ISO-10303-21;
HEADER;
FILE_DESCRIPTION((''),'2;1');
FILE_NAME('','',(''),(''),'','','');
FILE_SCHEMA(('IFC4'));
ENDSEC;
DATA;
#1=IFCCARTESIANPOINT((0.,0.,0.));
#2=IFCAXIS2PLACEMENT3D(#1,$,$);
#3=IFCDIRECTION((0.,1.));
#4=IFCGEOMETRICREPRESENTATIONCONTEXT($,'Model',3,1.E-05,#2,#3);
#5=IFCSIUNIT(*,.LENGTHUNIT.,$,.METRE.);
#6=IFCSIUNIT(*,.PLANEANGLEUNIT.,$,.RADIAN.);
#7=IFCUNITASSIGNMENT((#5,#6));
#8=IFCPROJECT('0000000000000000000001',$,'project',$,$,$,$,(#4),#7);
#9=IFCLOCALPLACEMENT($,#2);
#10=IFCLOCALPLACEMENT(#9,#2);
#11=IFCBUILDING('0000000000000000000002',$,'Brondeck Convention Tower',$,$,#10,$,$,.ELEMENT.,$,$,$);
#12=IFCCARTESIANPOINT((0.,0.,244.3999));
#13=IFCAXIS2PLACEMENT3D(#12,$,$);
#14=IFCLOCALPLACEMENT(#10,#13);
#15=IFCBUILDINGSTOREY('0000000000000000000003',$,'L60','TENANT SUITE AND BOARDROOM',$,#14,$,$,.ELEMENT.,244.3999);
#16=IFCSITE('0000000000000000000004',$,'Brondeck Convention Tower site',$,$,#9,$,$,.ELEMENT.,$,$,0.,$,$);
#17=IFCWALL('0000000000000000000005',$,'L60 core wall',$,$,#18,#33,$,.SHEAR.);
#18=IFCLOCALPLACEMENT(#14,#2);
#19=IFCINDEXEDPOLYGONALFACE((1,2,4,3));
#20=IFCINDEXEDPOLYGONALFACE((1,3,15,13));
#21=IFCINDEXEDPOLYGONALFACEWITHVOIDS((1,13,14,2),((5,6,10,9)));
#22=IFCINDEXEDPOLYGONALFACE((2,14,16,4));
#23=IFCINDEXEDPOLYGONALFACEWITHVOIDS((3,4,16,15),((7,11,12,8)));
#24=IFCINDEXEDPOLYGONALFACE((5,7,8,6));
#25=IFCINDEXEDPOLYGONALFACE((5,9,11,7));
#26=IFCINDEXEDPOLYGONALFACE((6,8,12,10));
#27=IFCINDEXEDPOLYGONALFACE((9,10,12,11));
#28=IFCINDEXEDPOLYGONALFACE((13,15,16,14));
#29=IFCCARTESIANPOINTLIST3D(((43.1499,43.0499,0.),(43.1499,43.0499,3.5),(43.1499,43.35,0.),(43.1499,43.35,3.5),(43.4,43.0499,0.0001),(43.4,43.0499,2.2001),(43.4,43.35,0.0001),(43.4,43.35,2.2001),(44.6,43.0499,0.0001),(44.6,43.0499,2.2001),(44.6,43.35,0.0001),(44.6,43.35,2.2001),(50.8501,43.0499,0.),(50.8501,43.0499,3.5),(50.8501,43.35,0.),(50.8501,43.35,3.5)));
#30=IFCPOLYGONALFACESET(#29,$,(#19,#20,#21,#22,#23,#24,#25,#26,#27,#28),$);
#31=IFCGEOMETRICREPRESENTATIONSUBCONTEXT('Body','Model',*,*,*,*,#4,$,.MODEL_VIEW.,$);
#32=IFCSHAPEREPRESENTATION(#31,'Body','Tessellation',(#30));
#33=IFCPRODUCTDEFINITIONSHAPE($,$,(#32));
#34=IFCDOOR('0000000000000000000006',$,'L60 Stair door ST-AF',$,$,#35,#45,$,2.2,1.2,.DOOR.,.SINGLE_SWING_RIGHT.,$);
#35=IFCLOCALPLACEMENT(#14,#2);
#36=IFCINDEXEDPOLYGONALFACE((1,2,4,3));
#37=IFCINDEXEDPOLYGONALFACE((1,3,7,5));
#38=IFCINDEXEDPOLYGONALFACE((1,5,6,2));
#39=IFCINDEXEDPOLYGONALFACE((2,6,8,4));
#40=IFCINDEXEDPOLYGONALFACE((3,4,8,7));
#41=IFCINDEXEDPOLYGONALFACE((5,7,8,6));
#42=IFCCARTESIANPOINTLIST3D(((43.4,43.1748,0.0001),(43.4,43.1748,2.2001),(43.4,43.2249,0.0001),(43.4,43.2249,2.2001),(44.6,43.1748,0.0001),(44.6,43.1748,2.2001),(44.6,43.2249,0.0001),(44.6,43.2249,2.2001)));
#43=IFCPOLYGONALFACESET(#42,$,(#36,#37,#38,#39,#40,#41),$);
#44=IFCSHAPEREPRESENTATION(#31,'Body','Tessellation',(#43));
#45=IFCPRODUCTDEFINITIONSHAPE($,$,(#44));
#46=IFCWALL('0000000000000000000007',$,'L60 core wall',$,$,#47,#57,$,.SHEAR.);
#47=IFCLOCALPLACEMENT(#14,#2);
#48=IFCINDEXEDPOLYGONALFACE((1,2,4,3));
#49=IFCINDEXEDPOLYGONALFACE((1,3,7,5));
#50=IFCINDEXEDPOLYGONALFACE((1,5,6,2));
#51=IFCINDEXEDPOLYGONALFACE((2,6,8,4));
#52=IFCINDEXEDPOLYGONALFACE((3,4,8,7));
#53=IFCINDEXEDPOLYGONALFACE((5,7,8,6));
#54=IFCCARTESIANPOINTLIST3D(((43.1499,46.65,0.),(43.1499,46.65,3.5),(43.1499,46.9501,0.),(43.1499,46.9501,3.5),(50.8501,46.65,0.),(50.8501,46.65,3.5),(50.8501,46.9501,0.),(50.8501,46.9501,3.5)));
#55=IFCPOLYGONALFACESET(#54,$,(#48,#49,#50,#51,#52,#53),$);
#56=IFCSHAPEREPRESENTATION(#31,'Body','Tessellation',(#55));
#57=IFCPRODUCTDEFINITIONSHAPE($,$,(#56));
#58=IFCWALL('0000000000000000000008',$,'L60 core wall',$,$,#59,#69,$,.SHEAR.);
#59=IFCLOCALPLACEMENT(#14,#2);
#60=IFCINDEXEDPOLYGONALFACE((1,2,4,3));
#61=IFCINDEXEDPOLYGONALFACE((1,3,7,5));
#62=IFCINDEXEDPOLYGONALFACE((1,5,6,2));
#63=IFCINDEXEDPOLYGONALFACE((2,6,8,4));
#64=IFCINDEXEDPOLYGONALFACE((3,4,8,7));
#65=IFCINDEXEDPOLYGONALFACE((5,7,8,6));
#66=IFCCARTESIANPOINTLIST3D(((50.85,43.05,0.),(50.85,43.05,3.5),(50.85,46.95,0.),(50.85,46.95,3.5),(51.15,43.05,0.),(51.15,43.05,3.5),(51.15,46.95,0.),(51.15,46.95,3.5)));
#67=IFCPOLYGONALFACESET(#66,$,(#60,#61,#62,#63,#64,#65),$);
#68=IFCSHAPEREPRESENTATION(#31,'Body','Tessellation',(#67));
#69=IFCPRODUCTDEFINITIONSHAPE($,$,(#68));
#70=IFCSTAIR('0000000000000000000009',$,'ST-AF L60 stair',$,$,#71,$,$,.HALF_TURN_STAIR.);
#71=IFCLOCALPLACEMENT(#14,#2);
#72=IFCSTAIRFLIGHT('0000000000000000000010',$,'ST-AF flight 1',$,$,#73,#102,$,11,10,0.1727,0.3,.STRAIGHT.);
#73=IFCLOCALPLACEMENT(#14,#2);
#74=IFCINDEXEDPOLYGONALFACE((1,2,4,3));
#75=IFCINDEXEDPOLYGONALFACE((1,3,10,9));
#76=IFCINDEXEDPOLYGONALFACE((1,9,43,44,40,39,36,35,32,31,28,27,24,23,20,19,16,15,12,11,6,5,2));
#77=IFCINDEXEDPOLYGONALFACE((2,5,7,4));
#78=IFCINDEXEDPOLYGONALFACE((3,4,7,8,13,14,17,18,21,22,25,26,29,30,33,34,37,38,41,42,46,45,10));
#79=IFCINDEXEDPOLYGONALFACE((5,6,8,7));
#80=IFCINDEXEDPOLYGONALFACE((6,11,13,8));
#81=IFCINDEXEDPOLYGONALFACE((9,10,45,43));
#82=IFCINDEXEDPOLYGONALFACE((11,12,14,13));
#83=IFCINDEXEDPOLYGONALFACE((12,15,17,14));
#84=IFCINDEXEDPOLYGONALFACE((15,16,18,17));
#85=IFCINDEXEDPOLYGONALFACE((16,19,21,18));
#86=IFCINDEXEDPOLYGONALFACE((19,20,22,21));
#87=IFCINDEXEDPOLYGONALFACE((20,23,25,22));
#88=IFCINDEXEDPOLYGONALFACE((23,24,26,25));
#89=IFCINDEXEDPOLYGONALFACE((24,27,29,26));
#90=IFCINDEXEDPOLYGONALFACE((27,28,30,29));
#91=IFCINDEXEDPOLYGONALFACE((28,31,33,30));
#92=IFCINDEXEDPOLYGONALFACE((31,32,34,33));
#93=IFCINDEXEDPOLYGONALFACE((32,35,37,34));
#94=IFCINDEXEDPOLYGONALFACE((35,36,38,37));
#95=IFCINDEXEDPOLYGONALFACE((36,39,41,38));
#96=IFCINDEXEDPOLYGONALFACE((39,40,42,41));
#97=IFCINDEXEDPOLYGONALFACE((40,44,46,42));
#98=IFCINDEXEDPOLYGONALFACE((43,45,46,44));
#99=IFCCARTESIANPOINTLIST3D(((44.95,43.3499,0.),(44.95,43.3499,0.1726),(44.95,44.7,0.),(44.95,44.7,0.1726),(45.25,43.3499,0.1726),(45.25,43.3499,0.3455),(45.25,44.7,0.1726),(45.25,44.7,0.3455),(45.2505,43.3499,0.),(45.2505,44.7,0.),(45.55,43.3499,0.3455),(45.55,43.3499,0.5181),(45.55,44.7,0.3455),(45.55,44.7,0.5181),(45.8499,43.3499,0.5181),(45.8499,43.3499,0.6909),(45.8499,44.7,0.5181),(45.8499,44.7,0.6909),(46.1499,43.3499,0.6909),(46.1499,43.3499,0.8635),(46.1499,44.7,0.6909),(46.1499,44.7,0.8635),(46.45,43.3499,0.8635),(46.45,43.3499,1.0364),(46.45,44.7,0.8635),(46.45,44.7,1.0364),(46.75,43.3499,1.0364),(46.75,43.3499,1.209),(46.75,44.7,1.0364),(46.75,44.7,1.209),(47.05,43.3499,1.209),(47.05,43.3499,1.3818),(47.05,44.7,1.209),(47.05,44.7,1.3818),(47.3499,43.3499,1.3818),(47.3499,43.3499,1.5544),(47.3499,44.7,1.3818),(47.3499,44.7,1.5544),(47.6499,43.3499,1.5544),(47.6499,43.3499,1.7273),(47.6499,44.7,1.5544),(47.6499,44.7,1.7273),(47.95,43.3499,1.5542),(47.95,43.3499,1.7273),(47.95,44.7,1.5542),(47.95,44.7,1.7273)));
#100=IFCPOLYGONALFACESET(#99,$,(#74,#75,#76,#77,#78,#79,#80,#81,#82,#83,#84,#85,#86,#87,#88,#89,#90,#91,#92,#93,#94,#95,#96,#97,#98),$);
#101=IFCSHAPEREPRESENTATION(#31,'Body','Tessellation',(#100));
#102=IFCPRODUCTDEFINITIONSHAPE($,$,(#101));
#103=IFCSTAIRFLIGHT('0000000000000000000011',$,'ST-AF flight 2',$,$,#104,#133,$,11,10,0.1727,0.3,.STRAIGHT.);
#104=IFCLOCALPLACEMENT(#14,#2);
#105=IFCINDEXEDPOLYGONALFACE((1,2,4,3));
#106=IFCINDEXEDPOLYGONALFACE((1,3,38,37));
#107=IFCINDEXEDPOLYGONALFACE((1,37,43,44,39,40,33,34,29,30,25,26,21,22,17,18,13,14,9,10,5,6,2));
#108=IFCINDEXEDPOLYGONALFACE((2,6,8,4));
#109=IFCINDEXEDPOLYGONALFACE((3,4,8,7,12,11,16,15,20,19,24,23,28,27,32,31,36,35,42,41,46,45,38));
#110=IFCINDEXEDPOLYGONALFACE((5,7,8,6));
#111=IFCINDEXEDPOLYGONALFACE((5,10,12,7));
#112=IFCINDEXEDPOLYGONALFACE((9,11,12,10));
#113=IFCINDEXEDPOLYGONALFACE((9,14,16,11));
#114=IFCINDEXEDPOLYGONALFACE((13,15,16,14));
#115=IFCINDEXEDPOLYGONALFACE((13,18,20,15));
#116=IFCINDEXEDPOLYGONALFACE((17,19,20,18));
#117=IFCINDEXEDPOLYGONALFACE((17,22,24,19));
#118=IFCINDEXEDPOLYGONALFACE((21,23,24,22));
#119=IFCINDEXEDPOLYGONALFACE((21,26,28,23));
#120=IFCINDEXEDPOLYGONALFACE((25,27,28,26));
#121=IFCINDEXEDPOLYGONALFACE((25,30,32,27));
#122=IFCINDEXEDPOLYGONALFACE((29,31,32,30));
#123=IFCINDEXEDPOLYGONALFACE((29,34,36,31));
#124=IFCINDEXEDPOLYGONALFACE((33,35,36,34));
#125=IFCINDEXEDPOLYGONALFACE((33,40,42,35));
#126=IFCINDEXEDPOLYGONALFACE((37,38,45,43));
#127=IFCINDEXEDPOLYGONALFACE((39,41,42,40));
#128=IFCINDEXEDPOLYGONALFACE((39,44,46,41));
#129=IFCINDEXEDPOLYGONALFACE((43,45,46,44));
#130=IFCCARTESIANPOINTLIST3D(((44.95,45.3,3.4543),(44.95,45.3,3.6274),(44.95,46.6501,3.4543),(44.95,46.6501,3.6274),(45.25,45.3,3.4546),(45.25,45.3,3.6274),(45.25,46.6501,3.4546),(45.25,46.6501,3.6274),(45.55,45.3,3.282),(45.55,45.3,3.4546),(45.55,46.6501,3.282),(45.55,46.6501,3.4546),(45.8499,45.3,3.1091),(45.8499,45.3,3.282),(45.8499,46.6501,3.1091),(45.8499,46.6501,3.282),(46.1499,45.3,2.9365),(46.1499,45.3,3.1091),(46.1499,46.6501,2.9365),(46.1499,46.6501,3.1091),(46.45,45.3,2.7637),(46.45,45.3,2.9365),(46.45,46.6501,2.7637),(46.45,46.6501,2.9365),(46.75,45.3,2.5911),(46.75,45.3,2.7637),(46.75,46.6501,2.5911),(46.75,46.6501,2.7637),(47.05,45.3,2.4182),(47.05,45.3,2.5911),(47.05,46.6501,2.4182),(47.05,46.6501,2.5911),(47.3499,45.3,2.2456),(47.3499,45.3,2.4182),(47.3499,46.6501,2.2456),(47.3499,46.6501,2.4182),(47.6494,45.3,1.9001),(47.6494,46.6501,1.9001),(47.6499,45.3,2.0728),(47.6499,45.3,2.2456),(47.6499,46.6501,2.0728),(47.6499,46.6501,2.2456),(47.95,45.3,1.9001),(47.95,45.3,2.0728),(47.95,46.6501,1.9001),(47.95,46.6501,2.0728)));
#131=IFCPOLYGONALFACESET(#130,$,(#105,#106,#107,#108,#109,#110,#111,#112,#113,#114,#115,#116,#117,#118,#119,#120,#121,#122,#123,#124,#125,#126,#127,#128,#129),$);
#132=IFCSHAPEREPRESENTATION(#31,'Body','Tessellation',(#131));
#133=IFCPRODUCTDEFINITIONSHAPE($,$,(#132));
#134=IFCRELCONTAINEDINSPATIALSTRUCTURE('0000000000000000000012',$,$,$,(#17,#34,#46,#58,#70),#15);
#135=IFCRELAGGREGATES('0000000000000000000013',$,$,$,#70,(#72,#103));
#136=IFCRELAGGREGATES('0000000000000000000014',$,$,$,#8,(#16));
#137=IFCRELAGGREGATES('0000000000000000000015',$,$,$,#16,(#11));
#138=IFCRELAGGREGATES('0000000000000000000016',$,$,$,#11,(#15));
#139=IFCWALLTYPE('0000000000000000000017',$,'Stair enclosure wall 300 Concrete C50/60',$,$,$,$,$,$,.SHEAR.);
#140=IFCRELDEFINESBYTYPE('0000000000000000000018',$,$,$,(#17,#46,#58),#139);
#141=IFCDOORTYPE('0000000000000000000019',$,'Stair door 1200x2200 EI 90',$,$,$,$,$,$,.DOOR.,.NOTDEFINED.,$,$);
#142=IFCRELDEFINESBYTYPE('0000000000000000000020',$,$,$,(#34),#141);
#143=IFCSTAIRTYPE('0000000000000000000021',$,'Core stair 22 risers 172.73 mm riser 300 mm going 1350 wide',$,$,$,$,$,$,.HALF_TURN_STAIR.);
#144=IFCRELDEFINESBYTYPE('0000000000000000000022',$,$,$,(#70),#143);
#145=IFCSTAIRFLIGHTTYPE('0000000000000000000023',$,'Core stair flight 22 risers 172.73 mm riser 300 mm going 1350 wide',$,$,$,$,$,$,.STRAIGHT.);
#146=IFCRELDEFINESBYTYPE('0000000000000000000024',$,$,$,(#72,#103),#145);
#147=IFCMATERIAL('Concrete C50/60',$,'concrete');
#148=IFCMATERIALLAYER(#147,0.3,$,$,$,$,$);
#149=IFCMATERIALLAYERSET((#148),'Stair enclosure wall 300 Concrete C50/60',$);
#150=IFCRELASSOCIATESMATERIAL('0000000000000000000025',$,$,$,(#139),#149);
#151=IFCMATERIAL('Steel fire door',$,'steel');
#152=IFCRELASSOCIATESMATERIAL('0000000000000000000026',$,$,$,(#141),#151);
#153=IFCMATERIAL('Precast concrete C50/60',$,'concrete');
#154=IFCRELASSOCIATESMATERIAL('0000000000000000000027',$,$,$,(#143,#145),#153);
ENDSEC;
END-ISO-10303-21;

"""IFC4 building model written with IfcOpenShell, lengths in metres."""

from ifc_helpers import new_model, si_unit, direction, frame, frame_2d, origin, place, context, subcontext, project, spatial, polyline, rectangle, outline, extrude, material, layer, layer_set, type_object, element, fill, aggregate, save


model = new_model("IFC4")

# Units and contexts
model_context = context("Model", 3, precision=1e-05, world=origin(), true_north=direction((0.0, 1.0)))
body_context = subcontext(model_context, "Body", "Model", "MODEL_VIEW")
ifc_project = project(units=[si_unit("LENGTHUNIT", "METRE"), si_unit("PLANEANGLEUNIT", "RADIAN")], contexts=[model_context])

# Site, building, storey
site_placement = place(None, origin())
site = spatial("IfcSite", under=ifc_project, at=site_placement, Name="Brondeck Convention Tower site", CompositionType="ELEMENT", RefElevation=0.0)
building_placement = place(site_placement, origin())
building = spatial("IfcBuilding", under=site, at=building_placement, Name="Brondeck Convention Tower", CompositionType="ELEMENT")
storey_placement = place(building_placement, frame((0.0, 0.0, 244.3999)))
storey = spatial("IfcBuildingStorey", under=building, at=storey_placement, Name="L60", Description="TENANT SUITE AND BOARDROOM", CompositionType="ELEMENT", Elevation=244.3999)

# Shared definitions
ifc_material_1 = material(Name="Concrete C50/60", Category="concrete")

# Wall, opening, door
ifc_layer_1 = layer(ifc_material_1, 0.3)
ifc_layer_set_1 = layer_set([ifc_layer_1], Name="Stair enclosure wall 300 Concrete C50/60")
wall_type_1 = type_object("IfcWallType", Name="Stair enclosure wall 300 Concrete C50/60", PredefinedType="SHEAR", material=ifc_layer_set_1)
wall_1_placement = place(storey_placement, frame((43.1499, 43.2, 0.0), z_axis=(0.0, 0.0, 1.0), x_axis=(1.0, 0.0, 0.0)))
wall_1 = element("IfcWall", 1, at=wall_1_placement, inside=storey, type_object=wall_type_1, Name="L60 core wall", PredefinedType="SHEAR", context=body_context, shape_type="SweptSolid", body=[
    extrude(rectangle(XDim=7.7002, YDim=0.3, at=frame_2d((3.8501, 0.0))), origin(), (0.0, 0.0, 1.0), 3.5),
])
opening_placement = place(wall_1_placement, frame((0.25, 0.0, 0.0)))
opening = element("IfcOpeningElement", 2, at=opening_placement, cuts=wall_1, PredefinedType="OPENING", context=body_context, shape_type="SweptSolid", body=[
    extrude(rectangle(XDim=1.2, YDim=2.2, at=frame_2d((0.6001, 1.1001))), frame((0.0, 0.1599, 0.0), z_axis=(0.0, -1.0, 0.0), x_axis=(1.0, 0.0, 0.0)), (0.0, 0.0, 1.0), 0.3201),
])
ifc_material_2 = material(Name="Steel fire door", Category="steel")
door_type = type_object("IfcDoorType", Name="Stair door 1200x2200 EI 90", OperationType="NOTDEFINED", PredefinedType="DOOR", material=ifc_material_2)
door_placement = place(opening_placement, origin())
door = element("IfcDoor", 3, at=door_placement, inside=storey, type_object=door_type, Name="L60 Stair door ST-AF", OperationType="SINGLE_SWING_RIGHT", OverallHeight=2.2, OverallWidth=1.2, PredefinedType="DOOR", context=body_context, shape_type="SweptSolid", body=[
    extrude(rectangle(XDim=1.2, YDim=2.2, at=frame_2d((0.6001, 1.1001))), frame((0.0, 0.0249, 0.0), z_axis=(0.0, -1.0, 0.0), x_axis=(1.0, 0.0, 0.0)), (0.0, 0.0, 1.0), 0.05),
])
fill(opening, door)

# Walls
wall_2_placement = place(storey_placement, frame((43.1499, 46.8, 0.0), z_axis=(0.0, 0.0, 1.0), x_axis=(1.0, 0.0, 0.0)))
element("IfcWall", 4, at=wall_2_placement, inside=storey, type_object=wall_type_1, Name="L60 core wall", PredefinedType="SHEAR", context=body_context, shape_type="SweptSolid", body=[
    extrude(rectangle(XDim=7.7002, YDim=0.3, at=frame_2d((3.8501, 0.0))), origin(), (0.0, 0.0, 1.0), 3.5),
])
wall_3_placement = place(storey_placement, frame((51.0, 43.05, 0.0), z_axis=(0.0, 0.0, 1.0), x_axis=(0.0, 1.0, 0.0)))
element("IfcWall", 5, at=wall_3_placement, inside=storey, type_object=wall_type_1, Name="L60 core wall", PredefinedType="SHEAR", context=body_context, shape_type="SweptSolid", body=[
    extrude(rectangle(XDim=3.8999, YDim=0.3, at=frame_2d((1.95, 0.0))), origin(), (0.0, 0.0, 1.0), 3.5),
])

# Stair, stair flights
ifc_material_3 = material(Name="Precast concrete C50/60", Category="concrete")
stair_type = type_object("IfcStairType", Name="Core stair 22 risers 172.73 mm riser 300 mm going 1350 wide", PredefinedType="HALF_TURN_STAIR", material=ifc_material_3)
stair_placement = place(storey_placement, origin())
stair = element("IfcStair", 6, at=stair_placement, inside=storey, type_object=stair_type, Name="ST-AF L60 stair", PredefinedType="HALF_TURN_STAIR")
stair_flight_type = type_object("IfcStairFlightType", Name="Core stair flight 22 risers 172.73 mm riser 300 mm going 1350 wide", PredefinedType="STRAIGHT", material=ifc_material_3)
stair_flight_1_placement = place(storey_placement, frame((44.95, 44.0249, 0.0), z_axis=(0.0, 0.0, 1.0), x_axis=(1.0, 0.0, 0.0)))
stair_flight_1 = element("IfcStairFlight", 7, at=stair_flight_1_placement, type_object=stair_flight_type, Name="ST-AF flight 1", NumberOfRisers=11, NumberOfTreads=10, PredefinedType="STRAIGHT", RiserHeight=0.1727, TreadLength=0.3, context=body_context, shape_type="SweptSolid", body=[
    extrude(outline(polyline([(0.0, 0.0), (0.0, 0.1726), (0.3, 0.1726), (0.3, 0.3455), (0.6001, 0.3455), (0.6001, 0.5181), (0.8999, 0.5181), (0.8999, 0.6909), (1.2, 0.6909), (1.2, 0.8635), (1.5, 0.8635), (1.5, 1.0364), (1.8, 1.0364), (1.8, 1.209), (2.1001, 1.209), (2.1001, 1.3818), (2.3999, 1.3818), (2.3999, 1.5544), (2.7, 1.5544), (2.7, 1.7273), (3.0, 1.7273), (3.0, 1.8999), (3.0, 1.5542), (0.3005, 0.0), (0.0, 0.0)])), frame((0.0, 0.675, 0.0), z_axis=(0.0, -1.0, 0.0), x_axis=(1.0, 0.0, 0.0)), (0.0, 0.0, 1.0), 1.3501),
])
stair_flight_2_placement = place(storey_placement, frame((47.95, 45.9751, 1.9001), z_axis=(0.0, 0.0, 1.0), x_axis=(-1.0, 0.0, 0.0)))
stair_flight_2 = element("IfcStairFlight", 8, at=stair_flight_2_placement, type_object=stair_flight_type, Name="ST-AF flight 2", NumberOfRisers=11, NumberOfTreads=10, PredefinedType="STRAIGHT", RiserHeight=0.1727, TreadLength=0.3, context=body_context, shape_type="SweptSolid", body=[
    extrude(outline(polyline([(0.0, 0.0), (0.0, 0.1726), (0.3, 0.1726), (0.3, 0.3455), (0.6001, 0.3455), (0.6001, 0.5181), (0.8999, 0.5181), (0.8999, 0.6909), (1.2, 0.6909), (1.2, 0.8635), (1.5, 0.8635), (1.5, 1.0364), (1.8, 1.0364), (1.8, 1.209), (2.1001, 1.209), (2.1001, 1.3818), (2.3999, 1.3818), (2.3999, 1.5544), (2.7, 1.5544), (2.7, 1.7273), (3.0, 1.7273), (3.0, 1.8999), (3.0, 1.5542), (0.3005, 0.0), (0.0, 0.0)])), frame((0.0, 0.675, 0.0), z_axis=(0.0, -1.0, 0.0), x_axis=(1.0, 0.0, 0.0)), (0.0, 0.0, 1.0), 1.3501),
])
aggregate(stair, [stair_flight_1, stair_flight_2])

save(model, "model.ifc")
